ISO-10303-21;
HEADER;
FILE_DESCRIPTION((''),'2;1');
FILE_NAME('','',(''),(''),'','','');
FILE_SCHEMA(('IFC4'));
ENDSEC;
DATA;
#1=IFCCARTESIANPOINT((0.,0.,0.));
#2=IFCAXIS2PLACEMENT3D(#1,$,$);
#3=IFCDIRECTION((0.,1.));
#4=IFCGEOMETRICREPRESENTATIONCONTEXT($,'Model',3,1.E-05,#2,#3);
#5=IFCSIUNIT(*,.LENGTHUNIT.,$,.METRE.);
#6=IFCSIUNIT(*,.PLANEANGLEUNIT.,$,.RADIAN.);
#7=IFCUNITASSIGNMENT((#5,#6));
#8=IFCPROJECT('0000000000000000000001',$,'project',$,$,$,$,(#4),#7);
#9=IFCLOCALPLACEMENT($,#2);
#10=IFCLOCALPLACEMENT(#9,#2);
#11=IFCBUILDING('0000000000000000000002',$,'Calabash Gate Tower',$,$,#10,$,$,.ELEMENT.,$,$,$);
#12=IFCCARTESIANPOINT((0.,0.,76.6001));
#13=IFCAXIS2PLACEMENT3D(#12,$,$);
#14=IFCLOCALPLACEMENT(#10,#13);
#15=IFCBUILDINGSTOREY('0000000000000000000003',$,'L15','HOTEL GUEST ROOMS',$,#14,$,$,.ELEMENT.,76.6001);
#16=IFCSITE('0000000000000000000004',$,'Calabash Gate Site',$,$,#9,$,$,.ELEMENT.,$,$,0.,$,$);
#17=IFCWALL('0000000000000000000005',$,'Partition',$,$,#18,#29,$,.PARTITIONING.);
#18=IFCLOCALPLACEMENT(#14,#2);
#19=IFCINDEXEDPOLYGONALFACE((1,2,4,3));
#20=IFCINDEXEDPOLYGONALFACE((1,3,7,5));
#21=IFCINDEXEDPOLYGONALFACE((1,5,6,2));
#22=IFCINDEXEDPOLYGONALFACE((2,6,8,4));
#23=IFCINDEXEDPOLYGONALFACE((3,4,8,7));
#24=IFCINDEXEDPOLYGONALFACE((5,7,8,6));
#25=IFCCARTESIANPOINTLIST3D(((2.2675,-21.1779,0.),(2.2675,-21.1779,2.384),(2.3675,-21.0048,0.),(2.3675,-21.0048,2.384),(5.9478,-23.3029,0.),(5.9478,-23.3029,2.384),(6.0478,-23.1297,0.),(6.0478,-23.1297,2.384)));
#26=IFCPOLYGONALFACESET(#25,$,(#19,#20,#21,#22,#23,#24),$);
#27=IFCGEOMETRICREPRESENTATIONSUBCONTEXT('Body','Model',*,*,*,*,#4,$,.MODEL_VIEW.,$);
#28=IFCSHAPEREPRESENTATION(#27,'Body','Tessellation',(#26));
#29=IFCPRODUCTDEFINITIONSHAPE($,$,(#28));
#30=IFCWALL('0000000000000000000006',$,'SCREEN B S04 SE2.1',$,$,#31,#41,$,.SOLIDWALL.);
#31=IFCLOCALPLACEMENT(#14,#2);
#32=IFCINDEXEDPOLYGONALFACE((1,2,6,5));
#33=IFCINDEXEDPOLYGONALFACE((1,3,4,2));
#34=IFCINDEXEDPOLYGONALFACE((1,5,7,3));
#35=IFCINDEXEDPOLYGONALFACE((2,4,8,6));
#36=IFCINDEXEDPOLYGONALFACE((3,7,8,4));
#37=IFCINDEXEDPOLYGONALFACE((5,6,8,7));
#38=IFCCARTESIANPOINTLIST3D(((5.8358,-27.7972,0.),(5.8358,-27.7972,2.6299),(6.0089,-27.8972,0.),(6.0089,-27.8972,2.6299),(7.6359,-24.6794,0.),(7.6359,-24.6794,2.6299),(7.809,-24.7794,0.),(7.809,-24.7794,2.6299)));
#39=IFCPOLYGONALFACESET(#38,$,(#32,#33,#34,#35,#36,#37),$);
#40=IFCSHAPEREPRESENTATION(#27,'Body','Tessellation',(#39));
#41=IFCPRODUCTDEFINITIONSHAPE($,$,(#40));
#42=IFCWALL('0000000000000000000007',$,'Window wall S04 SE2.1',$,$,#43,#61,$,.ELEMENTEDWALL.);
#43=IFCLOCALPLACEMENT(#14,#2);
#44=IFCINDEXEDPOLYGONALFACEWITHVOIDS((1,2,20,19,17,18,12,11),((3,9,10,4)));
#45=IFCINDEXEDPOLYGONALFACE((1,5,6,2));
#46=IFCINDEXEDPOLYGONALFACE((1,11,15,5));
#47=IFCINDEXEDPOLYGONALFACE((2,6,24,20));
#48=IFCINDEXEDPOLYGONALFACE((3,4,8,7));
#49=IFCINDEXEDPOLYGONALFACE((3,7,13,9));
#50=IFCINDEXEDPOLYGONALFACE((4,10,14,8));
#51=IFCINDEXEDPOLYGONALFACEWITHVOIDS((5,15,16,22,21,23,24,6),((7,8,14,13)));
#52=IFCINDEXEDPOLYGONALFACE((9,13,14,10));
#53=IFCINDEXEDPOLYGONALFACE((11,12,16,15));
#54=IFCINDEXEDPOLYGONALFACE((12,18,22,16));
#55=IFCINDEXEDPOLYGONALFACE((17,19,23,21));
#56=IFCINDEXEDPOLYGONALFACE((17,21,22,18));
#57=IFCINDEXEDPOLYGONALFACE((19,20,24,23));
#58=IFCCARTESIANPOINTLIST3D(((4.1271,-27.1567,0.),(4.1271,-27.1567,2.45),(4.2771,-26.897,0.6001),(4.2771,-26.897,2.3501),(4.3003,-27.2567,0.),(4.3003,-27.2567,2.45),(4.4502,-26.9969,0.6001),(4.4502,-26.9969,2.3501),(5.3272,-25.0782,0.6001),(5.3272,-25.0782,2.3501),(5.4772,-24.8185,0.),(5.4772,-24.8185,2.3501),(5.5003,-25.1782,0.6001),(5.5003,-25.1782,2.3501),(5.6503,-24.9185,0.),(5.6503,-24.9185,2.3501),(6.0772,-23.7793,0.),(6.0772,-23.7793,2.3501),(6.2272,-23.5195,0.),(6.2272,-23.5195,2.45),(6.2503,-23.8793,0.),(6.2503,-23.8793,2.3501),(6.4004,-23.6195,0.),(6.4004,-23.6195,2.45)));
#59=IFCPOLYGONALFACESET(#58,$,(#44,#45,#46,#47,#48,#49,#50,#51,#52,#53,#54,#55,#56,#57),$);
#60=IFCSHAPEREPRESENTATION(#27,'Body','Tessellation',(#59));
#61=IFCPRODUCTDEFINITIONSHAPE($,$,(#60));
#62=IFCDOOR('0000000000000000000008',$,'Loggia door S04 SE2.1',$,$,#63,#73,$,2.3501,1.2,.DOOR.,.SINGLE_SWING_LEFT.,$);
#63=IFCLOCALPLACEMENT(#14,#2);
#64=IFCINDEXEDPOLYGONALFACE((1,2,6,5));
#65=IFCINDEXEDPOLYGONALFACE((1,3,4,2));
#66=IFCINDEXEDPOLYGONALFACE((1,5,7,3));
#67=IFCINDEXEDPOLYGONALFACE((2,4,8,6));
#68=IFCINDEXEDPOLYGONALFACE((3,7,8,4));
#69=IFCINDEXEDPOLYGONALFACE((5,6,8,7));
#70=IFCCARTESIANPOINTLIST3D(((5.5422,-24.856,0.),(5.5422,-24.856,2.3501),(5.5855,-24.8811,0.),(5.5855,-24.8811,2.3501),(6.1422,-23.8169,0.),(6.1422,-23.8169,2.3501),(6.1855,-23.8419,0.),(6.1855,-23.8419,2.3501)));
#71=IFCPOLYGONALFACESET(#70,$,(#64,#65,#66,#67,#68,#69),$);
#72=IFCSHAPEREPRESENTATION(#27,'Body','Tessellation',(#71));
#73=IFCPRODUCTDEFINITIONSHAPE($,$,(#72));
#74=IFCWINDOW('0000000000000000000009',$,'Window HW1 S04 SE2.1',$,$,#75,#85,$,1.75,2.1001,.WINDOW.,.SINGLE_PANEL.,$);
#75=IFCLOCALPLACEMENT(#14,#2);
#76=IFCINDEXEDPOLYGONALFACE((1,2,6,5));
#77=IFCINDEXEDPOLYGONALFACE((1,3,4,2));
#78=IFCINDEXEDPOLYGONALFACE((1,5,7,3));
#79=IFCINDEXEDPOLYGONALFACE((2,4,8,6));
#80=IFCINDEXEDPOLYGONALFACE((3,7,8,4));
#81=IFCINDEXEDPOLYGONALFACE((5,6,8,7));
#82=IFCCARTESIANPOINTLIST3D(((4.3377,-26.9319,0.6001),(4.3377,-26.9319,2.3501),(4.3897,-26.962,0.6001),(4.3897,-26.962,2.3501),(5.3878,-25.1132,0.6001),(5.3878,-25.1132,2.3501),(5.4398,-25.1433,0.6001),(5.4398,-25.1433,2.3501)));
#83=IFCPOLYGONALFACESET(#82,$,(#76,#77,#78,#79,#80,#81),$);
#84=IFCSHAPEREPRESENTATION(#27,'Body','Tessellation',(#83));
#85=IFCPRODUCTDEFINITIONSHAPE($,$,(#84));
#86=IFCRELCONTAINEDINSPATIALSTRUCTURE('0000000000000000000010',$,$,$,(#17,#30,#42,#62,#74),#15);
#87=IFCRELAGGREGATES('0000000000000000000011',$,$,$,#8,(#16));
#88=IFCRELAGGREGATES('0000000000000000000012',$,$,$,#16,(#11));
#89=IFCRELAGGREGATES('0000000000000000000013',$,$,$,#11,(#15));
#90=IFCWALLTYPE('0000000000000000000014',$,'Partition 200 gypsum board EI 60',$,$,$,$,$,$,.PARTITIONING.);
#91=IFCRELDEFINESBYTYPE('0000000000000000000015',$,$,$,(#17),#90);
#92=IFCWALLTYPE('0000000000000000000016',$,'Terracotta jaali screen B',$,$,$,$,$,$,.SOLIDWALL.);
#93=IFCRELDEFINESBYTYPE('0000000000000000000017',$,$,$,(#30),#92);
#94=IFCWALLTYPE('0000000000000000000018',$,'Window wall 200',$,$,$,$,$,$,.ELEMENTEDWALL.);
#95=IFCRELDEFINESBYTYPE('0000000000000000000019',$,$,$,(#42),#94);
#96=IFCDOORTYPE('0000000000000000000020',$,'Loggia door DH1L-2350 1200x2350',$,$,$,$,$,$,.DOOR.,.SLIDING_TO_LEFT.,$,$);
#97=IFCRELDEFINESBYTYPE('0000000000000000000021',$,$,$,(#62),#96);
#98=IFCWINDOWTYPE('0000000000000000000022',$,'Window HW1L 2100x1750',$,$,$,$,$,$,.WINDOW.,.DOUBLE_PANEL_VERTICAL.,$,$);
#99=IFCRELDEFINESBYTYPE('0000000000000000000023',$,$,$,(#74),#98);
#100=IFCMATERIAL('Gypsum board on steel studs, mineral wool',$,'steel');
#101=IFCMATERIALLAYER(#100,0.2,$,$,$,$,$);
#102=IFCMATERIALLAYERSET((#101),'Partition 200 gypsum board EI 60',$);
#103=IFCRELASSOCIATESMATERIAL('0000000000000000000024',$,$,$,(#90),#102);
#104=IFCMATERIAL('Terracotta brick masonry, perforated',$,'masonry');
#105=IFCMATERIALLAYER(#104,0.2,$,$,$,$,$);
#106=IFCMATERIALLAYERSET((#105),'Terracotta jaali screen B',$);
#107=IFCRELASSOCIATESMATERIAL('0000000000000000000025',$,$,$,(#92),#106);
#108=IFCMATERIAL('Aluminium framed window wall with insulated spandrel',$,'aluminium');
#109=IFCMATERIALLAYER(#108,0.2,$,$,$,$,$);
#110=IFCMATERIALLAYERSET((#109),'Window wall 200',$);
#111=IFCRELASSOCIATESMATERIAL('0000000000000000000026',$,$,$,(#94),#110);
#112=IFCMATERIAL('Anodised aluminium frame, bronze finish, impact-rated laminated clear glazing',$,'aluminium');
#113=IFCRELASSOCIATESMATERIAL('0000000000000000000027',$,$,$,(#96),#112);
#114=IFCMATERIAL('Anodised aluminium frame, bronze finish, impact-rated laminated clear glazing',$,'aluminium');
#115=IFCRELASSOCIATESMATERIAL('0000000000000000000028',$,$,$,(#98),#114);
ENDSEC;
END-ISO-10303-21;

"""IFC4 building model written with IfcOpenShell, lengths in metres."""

from ifc_helpers import new_model, si_unit, direction, frame, frame_2d, origin, place, context, subcontext, project, spatial, rectangle, extrude, material, layer, layer_set, type_object, element, fill, save


model = new_model("IFC4")

# Units and contexts
model_context = context("Model", 3, precision=1e-05, world=origin(), true_north=direction((0.0, 1.0)))
body_context = subcontext(model_context, "Body", "Model", "MODEL_VIEW")
ifc_project = project(units=[si_unit("LENGTHUNIT", "METRE"), si_unit("PLANEANGLEUNIT", "RADIAN")], contexts=[model_context])

# Site, building, storey
site_placement = place(None, origin())
site = spatial("IfcSite", under=ifc_project, at=site_placement, Name="Calabash Gate Site", CompositionType="ELEMENT", RefElevation=0.0)
building_placement = place(site_placement, origin())
building = spatial("IfcBuilding", under=site, at=building_placement, Name="Calabash Gate Tower", CompositionType="ELEMENT")
storey_placement = place(building_placement, frame((0.0, 0.0, 76.6001)))
storey = spatial("IfcBuildingStorey", under=building, at=storey_placement, Name="L15", Description="HOTEL GUEST ROOMS", CompositionType="ELEMENT", Elevation=76.6001)

# Walls
ifc_material_1 = material(Name="Gypsum board on steel studs, mineral wool", Category="steel")
ifc_layer_1 = layer(ifc_material_1, 0.2)
ifc_layer_set_1 = layer_set([ifc_layer_1], Name="Partition 200 gypsum board EI 60")
wall_type_1 = type_object("IfcWallType", Name="Partition 200 gypsum board EI 60", PredefinedType="PARTITIONING", material=ifc_layer_set_1)
wall_1_placement = place(storey_placement, frame((2.3174, -21.0913, 0.0), z_axis=(0.0, 0.0, 1.0), x_axis=(0.866014, -0.500019, 0.0)))
element("IfcWall", 1, at=wall_1_placement, inside=storey, type_object=wall_type_1, Name="Partition", PredefinedType="PARTITIONING", context=body_context, shape_type="SweptSolid", body=[
    extrude(rectangle(XDim=4.2498, YDim=0.2, at=frame_2d((2.125, 0.0))), origin(), (0.0, 0.0, 1.0), 2.384),
])
ifc_material_2 = material(Name="Terracotta brick masonry, perforated", Category="masonry")
ifc_layer_2 = layer(ifc_material_2, 0.2)
ifc_layer_set_2 = layer_set([ifc_layer_2], Name="Terracotta jaali screen B")
wall_type_2 = type_object("IfcWallType", Name="Terracotta jaali screen B", PredefinedType="SOLIDWALL", material=ifc_layer_set_2)
wall_2_placement = place(storey_placement, frame((5.9224, -27.8472, 0.0), z_axis=(0.0, 0.0, 1.0), x_axis=(0.500012, 0.866018, 0.0)))
element("IfcWall", 2, at=wall_2_placement, inside=storey, type_object=wall_type_2, Name="SCREEN B S04 SE2.1", PredefinedType="SOLIDWALL", context=body_context, shape_type="SweptSolid", body=[
    extrude(rectangle(XDim=3.6001, YDim=0.2, at=frame_2d((1.8, 0.0))), origin(), (0.0, 0.0, 1.0), 2.6299),
])

# Wall, openings, door, window
ifc_material_3 = material(Name="Aluminium framed window wall with insulated spandrel", Category="aluminium")
ifc_layer_3 = layer(ifc_material_3, 0.2)
ifc_layer_set_3 = layer_set([ifc_layer_3], Name="Window wall 200")
wall_type_3 = type_object("IfcWallType", Name="Window wall 200", PredefinedType="ELEMENTEDWALL", material=ifc_layer_set_3)
wall_3_placement = place(storey_placement, frame((4.2136, -27.2068, 0.0), z_axis=(0.0, 0.0, 1.0), x_axis=(0.500028, 0.866009, 0.0)))
wall_3 = element("IfcWall", 3, at=wall_3_placement, inside=storey, type_object=wall_type_3, Name="Window wall S04 SE2.1", PredefinedType="ELEMENTEDWALL", context=body_context, shape_type="SweptSolid", body=[
    extrude(rectangle(XDim=4.2, YDim=0.2, at=frame_2d((2.1001, 0.0))), origin(), (0.0, 0.0, 1.0), 2.45),
])
opening_1_placement = place(wall_3_placement, frame((0.3, 0.0, 0.6001)))
opening_1 = element("IfcOpeningElement", 4, at=opening_1_placement, cuts=wall_3, PredefinedType="OPENING", context=body_context, shape_type="SweptSolid", body=[
    extrude(rectangle(XDim=2.1001, YDim=1.75, at=frame_2d((1.05, 0.875))), frame((0.0, 0.1099, 0.0), z_axis=(0.0, -1.0, 0.0), x_axis=(1.0, 0.0, 0.0)), (0.0, 0.0, 1.0), 0.22),
])
opening_2_placement = place(wall_3_placement, frame((2.7, 0.0, 0.0)))
opening_2 = element("IfcOpeningElement", 5, at=opening_2_placement, cuts=wall_3, PredefinedType="OPENING", context=body_context, shape_type="SweptSolid", body=[
    extrude(rectangle(XDim=1.2, YDim=2.3501, at=frame_2d((0.6001, 1.175))), frame((0.0, 0.1099, 0.0), z_axis=(0.0, -1.0, 0.0), x_axis=(1.0, 0.0, 0.0)), (0.0, 0.0, 1.0), 0.22),
])
ifc_material_4 = material(Name="Anodised aluminium frame, bronze finish, impact-rated laminated clear glazing", Category="aluminium")
door_type_1 = type_object("IfcDoorType", Name="Loggia door DH1L-2350 1200x2350", OperationType="SLIDING_TO_LEFT", PredefinedType="DOOR", material=ifc_material_4)
door_1_placement = place(opening_2_placement, origin())
door_1 = element("IfcDoor", 6, at=door_1_placement, inside=storey, type_object=door_type_1, Name="Loggia door S04 SE2.1", OperationType="SINGLE_SWING_LEFT", OverallHeight=2.3501, OverallWidth=1.2, PredefinedType="DOOR", context=body_context, shape_type="SweptSolid", body=[
    extrude(rectangle(XDim=1.2, YDim=2.3501, at=frame_2d((0.6001, 1.175))), frame((0.0, 0.0249, 0.0), z_axis=(0.0, -1.0, 0.0), x_axis=(1.0, 0.0, 0.0)), (0.0, 0.0, 1.0), 0.05),
])
fill(opening_2, door_1)
ifc_material_5 = material(Name="Anodised aluminium frame, bronze finish, impact-rated laminated clear glazing", Category="aluminium")
window_type_1 = type_object("IfcWindowType", Name="Window HW1L 2100x1750", PartitioningType="DOUBLE_PANEL_VERTICAL", PredefinedType="WINDOW", material=ifc_material_5)
window_1_placement = place(opening_1_placement, origin())
window_1 = element("IfcWindow", 7, at=window_1_placement, inside=storey, type_object=window_type_1, Name="Window HW1 S04 SE2.1", OverallHeight=1.75, OverallWidth=2.1001, PartitioningType="SINGLE_PANEL", PredefinedType="WINDOW", context=body_context, shape_type="SweptSolid", body=[
    extrude(rectangle(XDim=2.1001, YDim=1.75, at=frame_2d((1.05, 0.875))), frame((0.0, 0.03, 0.0), z_axis=(0.0, -1.0, 0.0), x_axis=(1.0, 0.0, 0.0)), (0.0, 0.0, 1.0), 0.0601),
])
fill(opening_1, window_1)

save(model, "model.ifc")
